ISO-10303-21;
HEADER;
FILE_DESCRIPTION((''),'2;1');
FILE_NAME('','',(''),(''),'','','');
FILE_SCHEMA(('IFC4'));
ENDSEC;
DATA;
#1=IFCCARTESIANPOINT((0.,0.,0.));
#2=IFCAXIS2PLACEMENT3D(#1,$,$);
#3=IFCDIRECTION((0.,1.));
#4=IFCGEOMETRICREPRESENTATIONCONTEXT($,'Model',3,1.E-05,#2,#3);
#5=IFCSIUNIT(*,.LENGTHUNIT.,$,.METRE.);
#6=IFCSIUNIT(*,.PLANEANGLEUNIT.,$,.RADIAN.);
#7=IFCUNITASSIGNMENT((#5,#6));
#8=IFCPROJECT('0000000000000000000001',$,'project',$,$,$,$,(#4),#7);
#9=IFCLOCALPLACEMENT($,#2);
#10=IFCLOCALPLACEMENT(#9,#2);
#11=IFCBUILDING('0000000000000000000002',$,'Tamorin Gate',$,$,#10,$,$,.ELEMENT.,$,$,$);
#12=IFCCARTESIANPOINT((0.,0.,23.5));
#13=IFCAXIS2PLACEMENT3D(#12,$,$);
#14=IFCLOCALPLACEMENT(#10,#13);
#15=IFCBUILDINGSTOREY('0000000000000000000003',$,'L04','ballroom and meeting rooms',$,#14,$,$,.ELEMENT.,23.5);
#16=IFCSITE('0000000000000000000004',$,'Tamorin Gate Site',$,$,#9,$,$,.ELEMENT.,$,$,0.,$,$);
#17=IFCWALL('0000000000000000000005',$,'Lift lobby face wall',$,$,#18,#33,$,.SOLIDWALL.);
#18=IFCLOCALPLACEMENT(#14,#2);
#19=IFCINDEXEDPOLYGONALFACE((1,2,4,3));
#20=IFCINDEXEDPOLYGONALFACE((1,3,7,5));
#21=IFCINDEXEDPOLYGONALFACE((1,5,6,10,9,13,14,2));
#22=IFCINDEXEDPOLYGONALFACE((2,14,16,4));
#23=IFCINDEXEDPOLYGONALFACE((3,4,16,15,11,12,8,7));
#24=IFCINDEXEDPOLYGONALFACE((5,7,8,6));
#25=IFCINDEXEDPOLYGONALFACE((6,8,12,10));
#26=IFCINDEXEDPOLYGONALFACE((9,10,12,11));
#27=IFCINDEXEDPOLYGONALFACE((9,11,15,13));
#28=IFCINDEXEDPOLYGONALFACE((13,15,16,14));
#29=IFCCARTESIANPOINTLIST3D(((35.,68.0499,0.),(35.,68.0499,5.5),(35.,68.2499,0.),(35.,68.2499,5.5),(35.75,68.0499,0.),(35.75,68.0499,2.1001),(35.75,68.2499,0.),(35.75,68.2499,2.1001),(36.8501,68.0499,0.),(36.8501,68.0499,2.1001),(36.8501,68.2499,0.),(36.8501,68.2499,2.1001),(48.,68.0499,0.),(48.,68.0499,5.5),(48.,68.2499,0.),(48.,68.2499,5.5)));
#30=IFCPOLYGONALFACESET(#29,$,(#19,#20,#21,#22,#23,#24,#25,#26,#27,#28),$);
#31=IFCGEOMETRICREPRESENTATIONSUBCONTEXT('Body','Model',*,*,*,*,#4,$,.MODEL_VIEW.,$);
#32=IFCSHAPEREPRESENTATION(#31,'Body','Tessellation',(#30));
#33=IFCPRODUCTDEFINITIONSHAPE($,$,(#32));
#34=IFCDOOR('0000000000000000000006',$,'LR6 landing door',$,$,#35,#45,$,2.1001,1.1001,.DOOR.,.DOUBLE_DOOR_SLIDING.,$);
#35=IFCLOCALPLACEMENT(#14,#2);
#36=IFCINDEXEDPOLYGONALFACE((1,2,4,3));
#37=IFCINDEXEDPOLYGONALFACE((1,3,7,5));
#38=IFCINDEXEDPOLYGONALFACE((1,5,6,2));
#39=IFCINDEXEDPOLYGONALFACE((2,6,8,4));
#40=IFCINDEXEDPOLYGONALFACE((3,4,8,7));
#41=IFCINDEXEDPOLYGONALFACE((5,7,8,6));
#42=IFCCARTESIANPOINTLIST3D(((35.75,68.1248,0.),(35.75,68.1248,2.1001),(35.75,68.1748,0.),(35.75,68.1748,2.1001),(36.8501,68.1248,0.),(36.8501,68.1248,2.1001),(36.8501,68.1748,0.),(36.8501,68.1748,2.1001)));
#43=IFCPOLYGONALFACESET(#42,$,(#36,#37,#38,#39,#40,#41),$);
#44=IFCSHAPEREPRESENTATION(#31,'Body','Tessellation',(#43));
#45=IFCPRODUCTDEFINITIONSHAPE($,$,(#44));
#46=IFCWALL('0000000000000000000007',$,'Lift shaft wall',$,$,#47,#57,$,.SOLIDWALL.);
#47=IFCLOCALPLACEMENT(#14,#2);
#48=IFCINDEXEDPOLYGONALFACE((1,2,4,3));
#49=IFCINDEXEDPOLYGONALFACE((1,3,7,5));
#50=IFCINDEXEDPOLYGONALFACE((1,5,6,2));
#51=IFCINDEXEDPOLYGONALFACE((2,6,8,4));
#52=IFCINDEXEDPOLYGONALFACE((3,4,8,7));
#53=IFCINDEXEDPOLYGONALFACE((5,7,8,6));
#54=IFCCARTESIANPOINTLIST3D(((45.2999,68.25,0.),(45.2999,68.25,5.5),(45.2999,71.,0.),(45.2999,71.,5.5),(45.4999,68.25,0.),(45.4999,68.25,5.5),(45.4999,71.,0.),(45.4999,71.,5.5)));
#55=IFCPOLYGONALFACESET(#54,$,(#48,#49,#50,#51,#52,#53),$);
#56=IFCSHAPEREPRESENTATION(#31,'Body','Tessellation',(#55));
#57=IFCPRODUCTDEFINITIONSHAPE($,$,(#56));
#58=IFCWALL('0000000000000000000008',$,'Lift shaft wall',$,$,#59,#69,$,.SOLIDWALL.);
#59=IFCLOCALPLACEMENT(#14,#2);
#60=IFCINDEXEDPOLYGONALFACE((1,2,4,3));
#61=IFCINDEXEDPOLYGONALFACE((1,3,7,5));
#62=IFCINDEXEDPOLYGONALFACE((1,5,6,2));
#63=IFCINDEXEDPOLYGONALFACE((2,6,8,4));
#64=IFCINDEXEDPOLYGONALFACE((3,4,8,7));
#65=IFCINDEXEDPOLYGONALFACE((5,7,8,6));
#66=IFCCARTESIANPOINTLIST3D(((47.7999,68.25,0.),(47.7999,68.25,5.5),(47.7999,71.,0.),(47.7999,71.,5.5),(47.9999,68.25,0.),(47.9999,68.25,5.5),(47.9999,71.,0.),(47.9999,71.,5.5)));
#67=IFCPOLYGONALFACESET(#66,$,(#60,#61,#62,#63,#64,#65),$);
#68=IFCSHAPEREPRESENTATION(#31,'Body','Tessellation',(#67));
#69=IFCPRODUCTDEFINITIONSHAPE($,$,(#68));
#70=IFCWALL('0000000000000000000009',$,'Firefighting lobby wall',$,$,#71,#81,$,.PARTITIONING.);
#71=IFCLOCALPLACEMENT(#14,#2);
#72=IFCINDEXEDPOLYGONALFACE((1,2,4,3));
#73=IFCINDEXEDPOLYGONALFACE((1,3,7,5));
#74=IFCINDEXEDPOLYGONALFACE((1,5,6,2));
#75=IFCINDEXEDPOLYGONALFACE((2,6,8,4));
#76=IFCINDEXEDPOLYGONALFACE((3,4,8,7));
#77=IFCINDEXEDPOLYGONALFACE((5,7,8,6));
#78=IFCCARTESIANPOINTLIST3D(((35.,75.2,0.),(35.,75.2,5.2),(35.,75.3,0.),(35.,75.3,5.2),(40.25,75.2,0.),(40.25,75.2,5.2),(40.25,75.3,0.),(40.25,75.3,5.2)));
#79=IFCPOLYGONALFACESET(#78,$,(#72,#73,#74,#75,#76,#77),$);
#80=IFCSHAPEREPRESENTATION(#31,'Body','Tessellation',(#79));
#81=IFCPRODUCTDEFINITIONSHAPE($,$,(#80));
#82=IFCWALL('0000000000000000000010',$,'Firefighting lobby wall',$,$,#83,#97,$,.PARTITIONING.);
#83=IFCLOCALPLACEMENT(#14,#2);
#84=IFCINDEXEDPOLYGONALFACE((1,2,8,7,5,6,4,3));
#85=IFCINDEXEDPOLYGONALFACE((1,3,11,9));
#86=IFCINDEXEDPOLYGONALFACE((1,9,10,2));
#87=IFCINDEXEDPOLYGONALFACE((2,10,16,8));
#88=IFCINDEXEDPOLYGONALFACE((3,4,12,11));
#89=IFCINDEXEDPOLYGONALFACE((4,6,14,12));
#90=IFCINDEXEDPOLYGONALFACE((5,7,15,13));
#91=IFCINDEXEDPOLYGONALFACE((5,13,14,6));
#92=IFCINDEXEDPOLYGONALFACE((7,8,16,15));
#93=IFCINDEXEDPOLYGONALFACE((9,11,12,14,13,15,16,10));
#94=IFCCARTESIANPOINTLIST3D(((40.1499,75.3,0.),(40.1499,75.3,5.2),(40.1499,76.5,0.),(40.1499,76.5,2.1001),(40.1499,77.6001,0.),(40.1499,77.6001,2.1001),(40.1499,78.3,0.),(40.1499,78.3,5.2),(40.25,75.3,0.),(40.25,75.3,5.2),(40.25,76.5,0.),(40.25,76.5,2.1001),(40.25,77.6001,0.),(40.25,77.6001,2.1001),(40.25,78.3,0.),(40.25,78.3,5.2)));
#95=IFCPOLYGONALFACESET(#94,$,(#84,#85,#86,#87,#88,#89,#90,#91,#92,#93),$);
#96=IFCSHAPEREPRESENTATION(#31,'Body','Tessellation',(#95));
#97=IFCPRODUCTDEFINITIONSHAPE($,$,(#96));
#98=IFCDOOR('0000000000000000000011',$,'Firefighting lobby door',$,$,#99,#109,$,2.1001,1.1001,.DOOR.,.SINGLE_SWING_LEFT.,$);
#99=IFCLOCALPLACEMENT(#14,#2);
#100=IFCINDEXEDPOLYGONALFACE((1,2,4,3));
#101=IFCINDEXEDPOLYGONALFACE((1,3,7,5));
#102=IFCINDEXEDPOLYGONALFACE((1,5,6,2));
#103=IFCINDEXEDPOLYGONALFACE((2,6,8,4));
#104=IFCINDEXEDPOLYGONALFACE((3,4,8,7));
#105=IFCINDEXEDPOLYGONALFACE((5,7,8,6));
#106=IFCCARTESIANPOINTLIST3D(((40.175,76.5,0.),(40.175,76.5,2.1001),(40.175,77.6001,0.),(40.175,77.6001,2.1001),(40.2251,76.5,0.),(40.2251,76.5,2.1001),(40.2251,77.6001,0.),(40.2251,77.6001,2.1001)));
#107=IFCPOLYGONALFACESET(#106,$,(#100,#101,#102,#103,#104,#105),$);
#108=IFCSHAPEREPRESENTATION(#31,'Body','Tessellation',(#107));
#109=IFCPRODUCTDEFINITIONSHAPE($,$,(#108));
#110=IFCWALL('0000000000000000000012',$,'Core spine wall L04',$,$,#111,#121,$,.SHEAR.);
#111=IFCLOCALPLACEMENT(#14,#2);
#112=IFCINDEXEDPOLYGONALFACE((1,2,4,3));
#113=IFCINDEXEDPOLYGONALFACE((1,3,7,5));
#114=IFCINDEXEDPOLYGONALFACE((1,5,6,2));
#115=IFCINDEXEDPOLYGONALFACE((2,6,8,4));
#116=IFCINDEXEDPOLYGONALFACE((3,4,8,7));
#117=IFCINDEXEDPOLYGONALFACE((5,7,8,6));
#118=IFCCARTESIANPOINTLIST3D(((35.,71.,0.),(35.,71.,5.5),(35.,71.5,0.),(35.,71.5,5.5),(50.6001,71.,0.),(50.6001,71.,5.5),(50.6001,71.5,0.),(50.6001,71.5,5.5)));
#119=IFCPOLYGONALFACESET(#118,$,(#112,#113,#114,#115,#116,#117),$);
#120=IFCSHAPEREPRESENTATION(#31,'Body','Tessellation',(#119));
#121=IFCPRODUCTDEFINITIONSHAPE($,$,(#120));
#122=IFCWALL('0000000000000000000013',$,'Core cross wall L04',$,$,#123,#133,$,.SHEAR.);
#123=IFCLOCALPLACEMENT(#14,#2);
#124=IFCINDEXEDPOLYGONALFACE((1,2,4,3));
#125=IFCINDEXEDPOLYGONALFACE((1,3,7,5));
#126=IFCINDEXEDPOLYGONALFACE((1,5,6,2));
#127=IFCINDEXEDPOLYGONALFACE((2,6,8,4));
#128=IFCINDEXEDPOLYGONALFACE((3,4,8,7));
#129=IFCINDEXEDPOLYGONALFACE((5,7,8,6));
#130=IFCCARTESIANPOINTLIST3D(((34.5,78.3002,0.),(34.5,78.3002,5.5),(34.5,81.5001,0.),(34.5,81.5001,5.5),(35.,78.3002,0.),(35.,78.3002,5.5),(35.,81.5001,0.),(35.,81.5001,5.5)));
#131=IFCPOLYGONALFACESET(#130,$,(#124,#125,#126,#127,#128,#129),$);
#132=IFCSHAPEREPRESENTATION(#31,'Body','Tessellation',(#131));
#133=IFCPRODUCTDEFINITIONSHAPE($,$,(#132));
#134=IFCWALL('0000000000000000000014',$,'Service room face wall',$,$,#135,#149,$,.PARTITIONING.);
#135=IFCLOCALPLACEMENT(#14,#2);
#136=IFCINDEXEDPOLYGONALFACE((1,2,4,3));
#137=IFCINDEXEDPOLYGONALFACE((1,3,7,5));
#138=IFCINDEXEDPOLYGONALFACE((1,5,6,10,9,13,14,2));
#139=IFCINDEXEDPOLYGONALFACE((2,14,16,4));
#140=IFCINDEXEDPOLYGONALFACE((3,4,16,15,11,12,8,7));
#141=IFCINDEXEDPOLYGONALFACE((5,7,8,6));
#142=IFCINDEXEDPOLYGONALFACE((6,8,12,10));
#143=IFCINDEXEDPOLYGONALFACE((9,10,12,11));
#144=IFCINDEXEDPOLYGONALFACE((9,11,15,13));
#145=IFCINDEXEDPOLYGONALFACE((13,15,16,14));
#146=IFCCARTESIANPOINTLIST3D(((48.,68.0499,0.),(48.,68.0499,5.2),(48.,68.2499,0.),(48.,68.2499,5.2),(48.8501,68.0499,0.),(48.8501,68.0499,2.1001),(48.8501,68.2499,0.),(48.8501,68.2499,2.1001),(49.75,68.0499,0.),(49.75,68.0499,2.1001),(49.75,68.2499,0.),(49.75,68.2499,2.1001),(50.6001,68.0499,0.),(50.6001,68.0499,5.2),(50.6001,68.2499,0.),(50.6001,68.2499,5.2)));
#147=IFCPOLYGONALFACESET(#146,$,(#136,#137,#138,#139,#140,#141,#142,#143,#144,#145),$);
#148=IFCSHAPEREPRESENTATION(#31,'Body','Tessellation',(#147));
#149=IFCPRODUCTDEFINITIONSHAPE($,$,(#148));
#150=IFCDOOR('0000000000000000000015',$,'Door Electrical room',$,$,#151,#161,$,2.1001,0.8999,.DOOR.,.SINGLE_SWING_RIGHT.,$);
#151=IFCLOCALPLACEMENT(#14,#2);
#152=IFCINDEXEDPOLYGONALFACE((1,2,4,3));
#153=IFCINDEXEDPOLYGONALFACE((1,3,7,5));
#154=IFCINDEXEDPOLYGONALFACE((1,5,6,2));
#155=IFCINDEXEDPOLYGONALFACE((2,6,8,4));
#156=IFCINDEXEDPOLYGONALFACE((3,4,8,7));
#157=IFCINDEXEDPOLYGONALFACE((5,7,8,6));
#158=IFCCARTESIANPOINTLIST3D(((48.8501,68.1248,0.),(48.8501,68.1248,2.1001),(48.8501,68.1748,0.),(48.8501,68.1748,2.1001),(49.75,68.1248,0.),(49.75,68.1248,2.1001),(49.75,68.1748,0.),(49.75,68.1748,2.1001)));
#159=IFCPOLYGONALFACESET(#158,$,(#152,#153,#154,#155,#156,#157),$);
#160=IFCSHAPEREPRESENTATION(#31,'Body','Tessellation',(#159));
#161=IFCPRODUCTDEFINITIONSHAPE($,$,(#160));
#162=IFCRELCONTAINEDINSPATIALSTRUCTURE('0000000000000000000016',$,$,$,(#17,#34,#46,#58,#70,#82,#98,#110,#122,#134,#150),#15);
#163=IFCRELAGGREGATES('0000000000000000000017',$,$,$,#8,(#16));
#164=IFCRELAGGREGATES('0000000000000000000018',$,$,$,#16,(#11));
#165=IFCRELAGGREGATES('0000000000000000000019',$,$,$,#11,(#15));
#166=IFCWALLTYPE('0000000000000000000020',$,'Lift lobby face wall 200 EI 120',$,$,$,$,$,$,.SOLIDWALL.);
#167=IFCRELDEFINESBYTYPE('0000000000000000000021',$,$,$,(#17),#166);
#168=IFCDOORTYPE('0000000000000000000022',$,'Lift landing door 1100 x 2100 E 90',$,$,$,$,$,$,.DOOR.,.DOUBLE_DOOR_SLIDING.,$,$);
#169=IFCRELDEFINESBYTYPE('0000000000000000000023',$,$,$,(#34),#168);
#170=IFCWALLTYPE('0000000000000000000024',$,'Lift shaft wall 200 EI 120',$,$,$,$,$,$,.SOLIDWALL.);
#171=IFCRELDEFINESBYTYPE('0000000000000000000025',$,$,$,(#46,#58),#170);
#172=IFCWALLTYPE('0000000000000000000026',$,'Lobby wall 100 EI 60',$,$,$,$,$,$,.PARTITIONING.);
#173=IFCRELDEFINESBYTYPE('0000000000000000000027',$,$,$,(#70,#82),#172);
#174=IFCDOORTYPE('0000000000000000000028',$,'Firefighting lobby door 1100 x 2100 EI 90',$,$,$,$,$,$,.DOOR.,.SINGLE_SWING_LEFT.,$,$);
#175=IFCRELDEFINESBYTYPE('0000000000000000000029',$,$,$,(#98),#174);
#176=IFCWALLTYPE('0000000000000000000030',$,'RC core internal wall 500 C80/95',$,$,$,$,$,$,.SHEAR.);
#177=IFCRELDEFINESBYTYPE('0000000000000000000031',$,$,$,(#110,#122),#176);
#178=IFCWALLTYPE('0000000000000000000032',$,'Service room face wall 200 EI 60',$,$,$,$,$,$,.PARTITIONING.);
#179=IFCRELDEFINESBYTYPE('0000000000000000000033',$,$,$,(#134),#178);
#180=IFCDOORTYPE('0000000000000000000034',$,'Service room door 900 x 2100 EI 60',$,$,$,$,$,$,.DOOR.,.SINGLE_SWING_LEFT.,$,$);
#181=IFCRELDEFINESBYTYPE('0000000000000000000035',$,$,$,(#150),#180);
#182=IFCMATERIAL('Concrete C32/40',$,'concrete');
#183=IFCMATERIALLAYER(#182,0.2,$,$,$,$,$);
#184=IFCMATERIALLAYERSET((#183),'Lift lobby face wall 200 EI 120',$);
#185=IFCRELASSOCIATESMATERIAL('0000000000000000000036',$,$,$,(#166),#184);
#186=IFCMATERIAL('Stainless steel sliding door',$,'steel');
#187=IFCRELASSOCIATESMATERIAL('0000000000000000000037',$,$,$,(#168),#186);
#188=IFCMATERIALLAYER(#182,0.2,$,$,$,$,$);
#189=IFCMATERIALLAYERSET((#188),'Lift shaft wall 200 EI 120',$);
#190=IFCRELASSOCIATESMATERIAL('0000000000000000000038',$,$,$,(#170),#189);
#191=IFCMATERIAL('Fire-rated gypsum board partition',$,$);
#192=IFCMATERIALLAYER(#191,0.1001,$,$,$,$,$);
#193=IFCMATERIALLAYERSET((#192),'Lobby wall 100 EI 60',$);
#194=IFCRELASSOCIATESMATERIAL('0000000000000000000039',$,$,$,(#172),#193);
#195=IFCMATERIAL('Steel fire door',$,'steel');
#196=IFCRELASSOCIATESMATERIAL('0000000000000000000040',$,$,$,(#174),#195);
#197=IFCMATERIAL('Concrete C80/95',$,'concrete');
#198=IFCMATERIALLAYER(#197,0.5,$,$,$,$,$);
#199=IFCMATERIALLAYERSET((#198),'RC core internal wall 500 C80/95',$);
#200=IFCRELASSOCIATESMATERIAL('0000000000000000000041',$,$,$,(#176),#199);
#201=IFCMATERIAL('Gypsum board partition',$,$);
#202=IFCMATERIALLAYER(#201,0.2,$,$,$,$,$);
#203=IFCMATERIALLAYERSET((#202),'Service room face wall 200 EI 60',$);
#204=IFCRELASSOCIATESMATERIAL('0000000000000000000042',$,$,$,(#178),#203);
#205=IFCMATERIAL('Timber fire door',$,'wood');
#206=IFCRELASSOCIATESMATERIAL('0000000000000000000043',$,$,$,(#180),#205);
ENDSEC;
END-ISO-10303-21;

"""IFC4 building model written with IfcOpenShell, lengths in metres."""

from ifc_helpers import new_model, si_unit, direction, frame, frame_2d, origin, place, context, subcontext, project, spatial, rectangle, extrude, material, layer, layer_set, type_object, element, fill, save


model = new_model("IFC4")

# Units and contexts
model_context = context("Model", 3, precision=1e-05, world=origin(), true_north=direction((0.0, 1.0)))
body_context = subcontext(model_context, "Body", "Model", "MODEL_VIEW")
ifc_project = project(units=[si_unit("LENGTHUNIT", "METRE"), si_unit("PLANEANGLEUNIT", "RADIAN")], contexts=[model_context])

# Site, building, storey
site_placement = place(None, origin())
site = spatial("IfcSite", under=ifc_project, at=site_placement, Name="Tamorin Gate Site", CompositionType="ELEMENT", RefElevation=0.0)
building_placement = place(site_placement, origin())
building = spatial("IfcBuilding", under=site, at=building_placement, Name="Tamorin Gate", CompositionType="ELEMENT")
storey_placement = place(building_placement, frame((0.0, 0.0, 23.5)))
storey = spatial("IfcBuildingStorey", under=building, at=storey_placement, Name="L04", Description="ballroom and meeting rooms", CompositionType="ELEMENT", Elevation=23.5)

# Wall, opening, door
ifc_material_1 = material(Name="Concrete C32/40", Category="concrete")
ifc_layer_1 = layer(ifc_material_1, 0.2)
ifc_layer_set_1 = layer_set([ifc_layer_1], Name="Lift lobby face wall 200 EI 120")
wall_type_1 = type_object("IfcWallType", Name="Lift lobby face wall 200 EI 120", PredefinedType="SOLIDWALL", material=ifc_layer_set_1)
wall_1_placement = place(storey_placement, frame((35.0, 68.1499, 0.0), z_axis=(0.0, 0.0, 1.0), x_axis=(1.0, 0.0, 0.0)))
wall_1 = element("IfcWall", 1, at=wall_1_placement, inside=storey, type_object=wall_type_1, Name="Lift lobby face wall", PredefinedType="SOLIDWALL", context=body_context, shape_type="SweptSolid", body=[
    extrude(rectangle(XDim=13.0, YDim=0.2, at=frame_2d((6.5, 0.0))), origin(), (0.0, 0.0, 1.0), 5.5),
])
opening_1_placement = place(wall_1_placement, frame((0.75, 0.0, 0.0)))
opening_1 = element("IfcOpeningElement", 2, at=opening_1_placement, cuts=wall_1, PredefinedType="OPENING", context=body_context, shape_type="SweptSolid", body=[
    extrude(rectangle(XDim=1.1001, YDim=2.1001, at=frame_2d((0.55, 1.05))), frame((0.0, 0.1099, 0.0), z_axis=(0.0, -1.0, 0.0), x_axis=(1.0, 0.0, 0.0)), (0.0, 0.0, 1.0), 0.22),
])
ifc_material_2 = material(Name="Stainless steel sliding door", Category="steel")
door_type_1 = type_object("IfcDoorType", Name="Lift landing door 1100 x 2100 E 90", OperationType="DOUBLE_DOOR_SLIDING", PredefinedType="DOOR", material=ifc_material_2)
door_1_placement = place(opening_1_placement, origin())
door_1 = element("IfcDoor", 3, at=door_1_placement, inside=storey, type_object=door_type_1, Name="LR6 landing door", OperationType="DOUBLE_DOOR_SLIDING", OverallHeight=2.1001, OverallWidth=1.1001, PredefinedType="DOOR", context=body_context, shape_type="SweptSolid", body=[
    extrude(rectangle(XDim=1.1001, YDim=2.1001, at=frame_2d((0.55, 1.05))), frame((0.0, 0.0249, 0.0), z_axis=(0.0, -1.0, 0.0), x_axis=(1.0, 0.0, 0.0)), (0.0, 0.0, 1.0), 0.05),
])
fill(opening_1, door_1)

# Walls
ifc_layer_2 = layer(ifc_material_1, 0.2)
ifc_layer_set_2 = layer_set([ifc_layer_2], Name="Lift shaft wall 200 EI 120")
wall_type_2 = type_object("IfcWallType", Name="Lift shaft wall 200 EI 120", PredefinedType="SOLIDWALL", material=ifc_layer_set_2)
for number, where, z_axis, x_axis, name in (
    (4, (45.3999, 68.25, 0.0), (0.0, 0.0, 1.0), (0.0, 1.0, 0.0), "Lift shaft wall"),
    (5, (47.8999, 68.25, 0.0), (0.0, 0.0, 1.0), (0.0, 1.0, 0.0), "Lift shaft wall"),
):
    element("IfcWall", number, at=place(storey_placement, frame(where, z_axis=z_axis, x_axis=x_axis)), inside=storey, type_object=wall_type_2, Name=name, PredefinedType="SOLIDWALL", context=body_context, shape_type="SweptSolid", body=[
        extrude(rectangle(XDim=2.75, YDim=0.2, at=frame_2d((1.375, 0.0))), origin(), (0.0, 0.0, 1.0), 5.5),
    ])
ifc_material_3 = material(Name="Fire-rated gypsum board partition")
ifc_layer_3 = layer(ifc_material_3, 0.1001)
ifc_layer_set_3 = layer_set([ifc_layer_3], Name="Lobby wall 100 EI 60")
wall_type_3 = type_object("IfcWallType", Name="Lobby wall 100 EI 60", PredefinedType="PARTITIONING", material=ifc_layer_set_3)
wall_2_placement = place(storey_placement, frame((35.0, 75.25, 0.0), z_axis=(0.0, 0.0, 1.0), x_axis=(1.0, 0.0, 0.0)))
element("IfcWall", 6, at=wall_2_placement, inside=storey, type_object=wall_type_3, Name="Firefighting lobby wall", PredefinedType="PARTITIONING", context=body_context, shape_type="SweptSolid", body=[
    extrude(rectangle(XDim=5.25, YDim=0.1001, at=frame_2d((2.625, 0.0))), origin(), (0.0, 0.0, 1.0), 5.2),
])

# Wall, opening, door
wall_3_placement = place(storey_placement, frame((40.2, 75.3, 0.0), z_axis=(0.0, 0.0, 1.0), x_axis=(0.0, 1.0, 0.0)))
wall_3 = element("IfcWall", 7, at=wall_3_placement, inside=storey, type_object=wall_type_3, Name="Firefighting lobby wall", PredefinedType="PARTITIONING", context=body_context, shape_type="SweptSolid", body=[
    extrude(rectangle(XDim=3.0, YDim=0.1001, at=frame_2d((1.5, 0.0))), origin(), (0.0, 0.0, 1.0), 5.2),
])
opening_2_placement = place(wall_3_placement, frame((1.2, 0.0, 0.0)))
opening_2 = element("IfcOpeningElement", 8, at=opening_2_placement, cuts=wall_3, PredefinedType="OPENING", context=body_context, shape_type="SweptSolid", body=[
    extrude(rectangle(XDim=1.1001, YDim=2.1001, at=frame_2d((0.55, 1.05))), frame((0.0, 0.0601, 0.0), z_axis=(0.0, -1.0, 0.0), x_axis=(1.0, 0.0, 0.0)), (0.0, 0.0, 1.0), 0.1201),
])
ifc_material_4 = material(Name="Steel fire door", Category="steel")
door_type_2 = type_object("IfcDoorType", Name="Firefighting lobby door 1100 x 2100 EI 90", OperationType="SINGLE_SWING_LEFT", PredefinedType="DOOR", material=ifc_material_4)
door_2_placement = place(opening_2_placement, origin())
door_2 = element("IfcDoor", 9, at=door_2_placement, inside=storey, type_object=door_type_2, Name="Firefighting lobby door", OperationType="SINGLE_SWING_LEFT", OverallHeight=2.1001, OverallWidth=1.1001, PredefinedType="DOOR", context=body_context, shape_type="SweptSolid", body=[
    extrude(rectangle(XDim=1.1001, YDim=2.1001, at=frame_2d((0.55, 1.05))), frame((0.0, 0.0249, 0.0), z_axis=(0.0, -1.0, 0.0), x_axis=(1.0, 0.0, 0.0)), (0.0, 0.0, 1.0), 0.05),
])
fill(opening_2, door_2)

# Walls
ifc_material_5 = material(Name="Concrete C80/95", Category="concrete")
ifc_layer_4 = layer(ifc_material_5, 0.5)
ifc_layer_set_4 = layer_set([ifc_layer_4], Name="RC core internal wall 500 C80/95")
wall_type_4 = type_object("IfcWallType", Name="RC core internal wall 500 C80/95", PredefinedType="SHEAR", material=ifc_layer_set_4)
wall_4_placement = place(storey_placement, frame((35.0, 71.25, 0.0), z_axis=(0.0, 0.0, 1.0), x_axis=(1.0, 0.0, 0.0)))
element("IfcWall", 10, at=wall_4_placement, inside=storey, type_object=wall_type_4, Name="Core spine wall L04", PredefinedType="SHEAR", context=body_context, shape_type="SweptSolid", body=[
    extrude(rectangle(XDim=15.6001, YDim=0.5, at=frame_2d((7.8, 0.0))), origin(), (0.0, 0.0, 1.0), 5.5),
])
wall_5_placement = place(storey_placement, frame((34.75, 78.3, 0.0), z_axis=(0.0, 0.0, 1.0), x_axis=(0.0, 1.0, 0.0)))
element("IfcWall", 11, at=wall_5_placement, inside=storey, type_object=wall_type_4, Name="Core cross wall L04", PredefinedType="SHEAR", context=body_context, shape_type="SweptSolid", body=[
    extrude(rectangle(XDim=3.2, YDim=0.5, at=frame_2d((1.6001, 0.0))), origin(), (0.0, 0.0, 1.0), 5.5),
])

# Wall, opening, door
ifc_material_6 = material(Name="Gypsum board partition")
ifc_layer_5 = layer(ifc_material_6, 0.2)
ifc_layer_set_5 = layer_set([ifc_layer_5], Name="Service room face wall 200 EI 60")
wall_type_5 = type_object("IfcWallType", Name="Service room face wall 200 EI 60", PredefinedType="PARTITIONING", material=ifc_layer_set_5)
wall_6_placement = place(storey_placement, frame((48.0, 68.1499, 0.0), z_axis=(0.0, 0.0, 1.0), x_axis=(1.0, 0.0, 0.0)))
wall_6 = element("IfcWall", 12, at=wall_6_placement, inside=storey, type_object=wall_type_5, Name="Service room face wall", PredefinedType="PARTITIONING", context=body_context, shape_type="SweptSolid", body=[
    extrude(rectangle(XDim=2.6001, YDim=0.2, at=frame_2d((1.3, 0.0))), origin(), (0.0, 0.0, 1.0), 5.2),
])
opening_3_placement = place(wall_6_placement, frame((0.8501, 0.0, 0.0)))
opening_3 = element("IfcOpeningElement", 13, at=opening_3_placement, cuts=wall_6, PredefinedType="OPENING", context=body_context, shape_type="SweptSolid", body=[
    extrude(rectangle(XDim=0.8999, YDim=2.1001, at=frame_2d((0.45, 1.05))), frame((0.0, 0.1099, 0.0), z_axis=(0.0, -1.0, 0.0), x_axis=(1.0, 0.0, 0.0)), (0.0, 0.0, 1.0), 0.22),
])
ifc_material_7 = material(Name="Timber fire door", Category="wood")
door_type_3 = type_object("IfcDoorType", Name="Service room door 900 x 2100 EI 60", OperationType="SINGLE_SWING_LEFT", PredefinedType="DOOR", material=ifc_material_7)
door_3_placement = place(opening_3_placement, origin())
door_3 = element("IfcDoor", 14, at=door_3_placement, inside=storey, type_object=door_type_3, Name="Door Electrical room", OperationType="SINGLE_SWING_RIGHT", OverallHeight=2.1001, OverallWidth=0.8999, PredefinedType="DOOR", context=body_context, shape_type="SweptSolid", body=[
    extrude(rectangle(XDim=0.8999, YDim=2.1001, at=frame_2d((0.45, 1.05))), frame((0.0, 0.0249, 0.0), z_axis=(0.0, -1.0, 0.0), x_axis=(1.0, 0.0, 0.0)), (0.0, 0.0, 1.0), 0.05),
])
fill(opening_3, door_3)

save(model, "model.ifc")
